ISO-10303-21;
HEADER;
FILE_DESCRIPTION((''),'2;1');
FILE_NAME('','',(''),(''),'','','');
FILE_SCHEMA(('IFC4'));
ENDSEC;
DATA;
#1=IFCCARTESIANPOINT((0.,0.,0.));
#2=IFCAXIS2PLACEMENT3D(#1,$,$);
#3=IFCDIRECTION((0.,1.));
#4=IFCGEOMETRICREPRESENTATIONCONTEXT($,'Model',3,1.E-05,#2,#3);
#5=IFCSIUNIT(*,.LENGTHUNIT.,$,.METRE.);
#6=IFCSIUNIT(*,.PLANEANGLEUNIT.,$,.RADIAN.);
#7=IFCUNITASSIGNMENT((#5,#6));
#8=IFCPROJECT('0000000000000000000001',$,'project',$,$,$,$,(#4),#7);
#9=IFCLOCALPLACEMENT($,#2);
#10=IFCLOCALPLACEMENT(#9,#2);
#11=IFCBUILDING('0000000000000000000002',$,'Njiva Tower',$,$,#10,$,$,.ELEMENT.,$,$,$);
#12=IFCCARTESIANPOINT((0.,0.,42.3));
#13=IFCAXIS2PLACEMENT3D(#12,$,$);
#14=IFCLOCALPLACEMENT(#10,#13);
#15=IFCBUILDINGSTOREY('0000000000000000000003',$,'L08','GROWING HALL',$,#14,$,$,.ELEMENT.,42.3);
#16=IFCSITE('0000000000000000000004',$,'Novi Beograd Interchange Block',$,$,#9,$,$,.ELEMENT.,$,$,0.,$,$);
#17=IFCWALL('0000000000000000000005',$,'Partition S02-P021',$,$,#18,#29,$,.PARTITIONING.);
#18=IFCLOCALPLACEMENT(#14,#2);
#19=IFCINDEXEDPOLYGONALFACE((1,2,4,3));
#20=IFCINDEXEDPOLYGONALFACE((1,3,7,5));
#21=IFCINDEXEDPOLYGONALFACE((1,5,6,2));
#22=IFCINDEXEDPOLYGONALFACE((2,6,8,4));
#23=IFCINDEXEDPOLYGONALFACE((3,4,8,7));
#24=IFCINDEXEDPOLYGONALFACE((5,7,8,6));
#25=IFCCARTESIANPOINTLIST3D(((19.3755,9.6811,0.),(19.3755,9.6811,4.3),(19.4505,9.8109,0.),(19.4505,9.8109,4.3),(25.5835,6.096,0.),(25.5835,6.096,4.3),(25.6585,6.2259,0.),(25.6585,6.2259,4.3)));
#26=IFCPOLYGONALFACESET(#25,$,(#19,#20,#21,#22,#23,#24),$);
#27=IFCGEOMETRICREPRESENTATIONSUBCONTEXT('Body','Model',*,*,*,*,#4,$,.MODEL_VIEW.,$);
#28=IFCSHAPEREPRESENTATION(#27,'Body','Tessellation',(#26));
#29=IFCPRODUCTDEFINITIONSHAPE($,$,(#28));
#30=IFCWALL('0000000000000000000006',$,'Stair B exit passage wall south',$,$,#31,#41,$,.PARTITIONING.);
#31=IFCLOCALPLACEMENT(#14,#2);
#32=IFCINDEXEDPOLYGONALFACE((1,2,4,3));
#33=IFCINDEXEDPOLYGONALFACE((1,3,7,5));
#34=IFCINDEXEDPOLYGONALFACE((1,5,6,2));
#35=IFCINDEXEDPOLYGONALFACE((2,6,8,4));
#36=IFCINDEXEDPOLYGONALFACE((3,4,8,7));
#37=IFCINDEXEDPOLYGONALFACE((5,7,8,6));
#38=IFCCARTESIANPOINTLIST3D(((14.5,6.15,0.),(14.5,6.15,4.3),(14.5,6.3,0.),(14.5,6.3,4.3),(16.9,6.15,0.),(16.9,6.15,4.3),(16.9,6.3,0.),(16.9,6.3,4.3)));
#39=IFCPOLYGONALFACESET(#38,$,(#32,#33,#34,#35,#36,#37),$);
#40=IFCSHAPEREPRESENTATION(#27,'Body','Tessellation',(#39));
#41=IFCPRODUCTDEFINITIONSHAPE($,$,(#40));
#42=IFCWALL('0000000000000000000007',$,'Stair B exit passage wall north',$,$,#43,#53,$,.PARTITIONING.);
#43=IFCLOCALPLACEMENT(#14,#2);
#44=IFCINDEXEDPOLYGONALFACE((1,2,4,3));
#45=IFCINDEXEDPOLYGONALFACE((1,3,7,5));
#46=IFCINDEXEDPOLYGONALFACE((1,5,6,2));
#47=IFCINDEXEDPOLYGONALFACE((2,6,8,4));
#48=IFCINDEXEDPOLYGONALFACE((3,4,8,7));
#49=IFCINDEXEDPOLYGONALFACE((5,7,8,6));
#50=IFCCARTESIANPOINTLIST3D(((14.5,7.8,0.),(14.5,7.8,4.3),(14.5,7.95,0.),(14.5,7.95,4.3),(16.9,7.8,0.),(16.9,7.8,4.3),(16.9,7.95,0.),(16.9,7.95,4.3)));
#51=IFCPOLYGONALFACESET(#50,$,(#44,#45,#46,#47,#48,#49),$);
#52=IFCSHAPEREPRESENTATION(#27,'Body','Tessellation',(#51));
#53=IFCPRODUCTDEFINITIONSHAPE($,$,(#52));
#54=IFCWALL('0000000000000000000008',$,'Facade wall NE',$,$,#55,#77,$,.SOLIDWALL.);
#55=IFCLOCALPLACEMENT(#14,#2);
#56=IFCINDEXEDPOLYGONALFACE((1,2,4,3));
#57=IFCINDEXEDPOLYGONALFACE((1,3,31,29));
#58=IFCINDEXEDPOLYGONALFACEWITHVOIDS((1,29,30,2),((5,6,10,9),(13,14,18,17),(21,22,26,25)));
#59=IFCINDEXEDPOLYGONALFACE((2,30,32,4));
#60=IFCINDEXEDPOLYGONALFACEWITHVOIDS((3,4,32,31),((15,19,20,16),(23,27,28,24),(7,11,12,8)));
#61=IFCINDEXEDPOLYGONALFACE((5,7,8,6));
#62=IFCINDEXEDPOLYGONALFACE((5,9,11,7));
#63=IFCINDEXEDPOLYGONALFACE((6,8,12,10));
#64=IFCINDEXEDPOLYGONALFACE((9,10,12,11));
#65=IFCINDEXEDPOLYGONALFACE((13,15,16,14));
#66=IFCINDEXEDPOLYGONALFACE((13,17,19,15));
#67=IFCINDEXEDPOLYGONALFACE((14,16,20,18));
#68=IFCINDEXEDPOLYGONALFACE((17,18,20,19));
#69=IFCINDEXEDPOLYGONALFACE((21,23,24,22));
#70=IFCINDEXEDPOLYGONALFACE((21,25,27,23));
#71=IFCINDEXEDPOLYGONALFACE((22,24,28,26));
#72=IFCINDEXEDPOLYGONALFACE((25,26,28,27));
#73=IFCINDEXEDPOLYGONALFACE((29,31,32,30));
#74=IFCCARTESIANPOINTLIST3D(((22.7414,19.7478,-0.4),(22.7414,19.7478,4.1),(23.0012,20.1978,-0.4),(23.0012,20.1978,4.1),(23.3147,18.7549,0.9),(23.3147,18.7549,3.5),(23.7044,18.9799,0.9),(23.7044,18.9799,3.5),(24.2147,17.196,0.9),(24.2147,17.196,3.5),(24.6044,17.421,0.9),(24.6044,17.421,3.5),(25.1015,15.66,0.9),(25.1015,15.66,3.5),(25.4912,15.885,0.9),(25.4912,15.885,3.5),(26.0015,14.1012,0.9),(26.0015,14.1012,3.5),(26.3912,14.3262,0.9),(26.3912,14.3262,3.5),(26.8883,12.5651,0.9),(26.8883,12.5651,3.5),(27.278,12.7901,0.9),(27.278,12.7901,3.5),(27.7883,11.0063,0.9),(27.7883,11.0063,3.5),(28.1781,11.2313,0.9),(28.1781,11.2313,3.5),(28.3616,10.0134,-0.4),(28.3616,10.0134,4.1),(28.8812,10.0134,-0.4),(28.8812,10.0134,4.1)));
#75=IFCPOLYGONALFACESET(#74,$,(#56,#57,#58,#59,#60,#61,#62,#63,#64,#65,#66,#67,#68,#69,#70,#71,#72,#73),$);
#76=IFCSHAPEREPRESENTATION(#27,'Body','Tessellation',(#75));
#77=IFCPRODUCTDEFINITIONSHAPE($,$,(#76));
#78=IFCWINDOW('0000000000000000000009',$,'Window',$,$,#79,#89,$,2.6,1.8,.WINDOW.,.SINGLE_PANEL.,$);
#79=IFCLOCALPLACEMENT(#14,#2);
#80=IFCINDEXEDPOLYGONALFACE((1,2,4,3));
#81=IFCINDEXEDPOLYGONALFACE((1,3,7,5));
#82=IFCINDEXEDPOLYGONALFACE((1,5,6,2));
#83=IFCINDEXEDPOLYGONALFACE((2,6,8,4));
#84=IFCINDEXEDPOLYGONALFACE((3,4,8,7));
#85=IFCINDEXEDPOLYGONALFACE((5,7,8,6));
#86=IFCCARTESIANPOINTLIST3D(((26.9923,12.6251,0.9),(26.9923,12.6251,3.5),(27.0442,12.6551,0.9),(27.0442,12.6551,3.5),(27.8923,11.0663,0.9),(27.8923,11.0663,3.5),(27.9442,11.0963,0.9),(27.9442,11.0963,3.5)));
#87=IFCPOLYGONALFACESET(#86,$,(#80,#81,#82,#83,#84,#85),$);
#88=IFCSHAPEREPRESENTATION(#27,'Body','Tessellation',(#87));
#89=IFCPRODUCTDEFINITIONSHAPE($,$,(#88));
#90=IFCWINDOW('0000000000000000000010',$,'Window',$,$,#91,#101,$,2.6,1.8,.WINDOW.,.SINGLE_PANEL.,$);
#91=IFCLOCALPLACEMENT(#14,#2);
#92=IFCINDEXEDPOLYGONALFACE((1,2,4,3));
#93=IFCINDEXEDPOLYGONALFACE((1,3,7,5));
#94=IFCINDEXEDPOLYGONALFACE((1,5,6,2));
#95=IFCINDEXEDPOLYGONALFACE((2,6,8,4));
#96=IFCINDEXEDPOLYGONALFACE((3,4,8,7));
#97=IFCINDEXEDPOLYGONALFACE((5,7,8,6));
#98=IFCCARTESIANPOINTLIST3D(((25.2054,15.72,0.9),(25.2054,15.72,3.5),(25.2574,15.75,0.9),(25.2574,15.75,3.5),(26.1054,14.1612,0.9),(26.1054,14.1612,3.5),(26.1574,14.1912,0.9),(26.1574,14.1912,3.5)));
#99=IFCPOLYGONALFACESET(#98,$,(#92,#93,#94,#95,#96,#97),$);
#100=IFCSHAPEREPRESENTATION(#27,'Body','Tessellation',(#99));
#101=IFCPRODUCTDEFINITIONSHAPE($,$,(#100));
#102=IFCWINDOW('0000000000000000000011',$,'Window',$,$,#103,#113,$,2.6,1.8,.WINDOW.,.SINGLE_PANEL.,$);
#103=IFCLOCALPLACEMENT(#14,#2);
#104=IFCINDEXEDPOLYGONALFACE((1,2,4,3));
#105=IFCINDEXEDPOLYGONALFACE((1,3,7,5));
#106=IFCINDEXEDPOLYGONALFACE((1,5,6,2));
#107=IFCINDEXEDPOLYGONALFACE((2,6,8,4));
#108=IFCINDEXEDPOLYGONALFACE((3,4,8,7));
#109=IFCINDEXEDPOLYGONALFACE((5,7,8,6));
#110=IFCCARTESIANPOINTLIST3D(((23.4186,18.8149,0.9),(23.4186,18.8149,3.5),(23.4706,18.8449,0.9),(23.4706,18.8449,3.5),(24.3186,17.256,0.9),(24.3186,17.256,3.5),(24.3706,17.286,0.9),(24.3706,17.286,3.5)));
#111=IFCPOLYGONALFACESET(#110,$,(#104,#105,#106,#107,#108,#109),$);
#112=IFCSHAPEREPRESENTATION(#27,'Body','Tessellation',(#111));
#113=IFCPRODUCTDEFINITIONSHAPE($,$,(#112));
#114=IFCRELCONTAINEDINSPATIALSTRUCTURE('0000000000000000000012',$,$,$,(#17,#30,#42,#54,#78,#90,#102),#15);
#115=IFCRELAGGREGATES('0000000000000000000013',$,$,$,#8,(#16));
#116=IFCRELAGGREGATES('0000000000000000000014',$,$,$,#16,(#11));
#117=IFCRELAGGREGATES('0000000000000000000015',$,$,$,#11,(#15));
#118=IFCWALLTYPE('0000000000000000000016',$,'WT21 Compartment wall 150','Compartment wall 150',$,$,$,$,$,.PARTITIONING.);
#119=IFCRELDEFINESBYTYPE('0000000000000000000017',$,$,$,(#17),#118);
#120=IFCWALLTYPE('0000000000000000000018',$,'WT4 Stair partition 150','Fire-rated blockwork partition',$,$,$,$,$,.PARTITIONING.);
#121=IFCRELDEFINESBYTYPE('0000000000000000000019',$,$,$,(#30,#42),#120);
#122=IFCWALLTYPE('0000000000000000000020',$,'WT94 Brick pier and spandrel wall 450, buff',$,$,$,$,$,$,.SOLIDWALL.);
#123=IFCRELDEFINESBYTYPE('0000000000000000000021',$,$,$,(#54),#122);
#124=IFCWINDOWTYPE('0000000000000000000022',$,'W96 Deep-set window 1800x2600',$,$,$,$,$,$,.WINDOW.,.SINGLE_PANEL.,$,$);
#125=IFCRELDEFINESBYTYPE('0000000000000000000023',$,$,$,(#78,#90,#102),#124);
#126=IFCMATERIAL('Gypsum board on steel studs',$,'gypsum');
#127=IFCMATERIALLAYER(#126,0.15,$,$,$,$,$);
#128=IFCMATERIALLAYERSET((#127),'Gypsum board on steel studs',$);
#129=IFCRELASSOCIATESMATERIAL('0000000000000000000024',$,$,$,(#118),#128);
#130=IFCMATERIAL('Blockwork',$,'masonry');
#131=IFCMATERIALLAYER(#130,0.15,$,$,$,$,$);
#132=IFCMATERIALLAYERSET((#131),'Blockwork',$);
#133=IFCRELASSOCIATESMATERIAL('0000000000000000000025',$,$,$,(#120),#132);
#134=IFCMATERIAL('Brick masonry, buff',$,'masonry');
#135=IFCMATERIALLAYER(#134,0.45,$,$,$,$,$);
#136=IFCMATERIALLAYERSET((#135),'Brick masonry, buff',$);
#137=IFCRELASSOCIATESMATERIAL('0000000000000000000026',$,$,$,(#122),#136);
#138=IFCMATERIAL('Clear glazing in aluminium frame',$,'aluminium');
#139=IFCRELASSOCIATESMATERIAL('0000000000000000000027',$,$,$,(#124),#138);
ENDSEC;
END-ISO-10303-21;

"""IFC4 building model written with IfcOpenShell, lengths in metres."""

from ifc_helpers import new_model, si_unit, direction, frame, frame_2d, origin, place, context, subcontext, project, spatial, polyline, rectangle, outline, extrude, material, layer, layer_set, type_object, element, fill, save


model = new_model("IFC4")

# Units and contexts
model_context = context("Model", 3, precision=1e-05, world=origin(), true_north=direction((0.0, 1.0)))
body_context = subcontext(model_context, "Body", "Model", "MODEL_VIEW")
ifc_project = project(units=[si_unit("LENGTHUNIT", "METRE"), si_unit("PLANEANGLEUNIT", "RADIAN")], contexts=[model_context])

# Site, building, storey
site_placement = place(None, origin())
site = spatial("IfcSite", under=ifc_project, at=site_placement, Name="Novi Beograd Interchange Block", CompositionType="ELEMENT", RefElevation=0.0)
building_placement = place(site_placement, origin())
building = spatial("IfcBuilding", under=site, at=building_placement, Name="Njiva Tower", CompositionType="ELEMENT")
storey_placement = place(building_placement, frame((0.0, 0.0, 42.3)))
storey = spatial("IfcBuildingStorey", under=building, at=storey_placement, Name="L08", Description="GROWING HALL", CompositionType="ELEMENT", Elevation=42.3)

# Shared definitions
ifc_material_1 = material(Name="Blockwork", Category="masonry")

# Walls
ifc_material_2 = material(Name="Gypsum board on steel studs", Category="gypsum")
ifc_layer_1 = layer(ifc_material_2, 0.15)
ifc_layer_set_1 = layer_set([ifc_layer_1], Name="Gypsum board on steel studs")
wall_type_1 = type_object("IfcWallType", Name="WT21 Compartment wall 150", Description="Compartment wall 150", PredefinedType="PARTITIONING", material=ifc_layer_set_1)
wall_1_placement = place(storey_placement, frame((19.413, 9.746, 0.0), z_axis=(0.0, 0.0, 1.0), x_axis=(0.865977, -0.500085, 0.0)))
element("IfcWall", 1, at=wall_1_placement, inside=storey, type_object=wall_type_1, Name="Partition S02-P021", PredefinedType="PARTITIONING", context=body_context, shape_type="SweptSolid", body=[
    extrude(rectangle(XDim=7.1688, YDim=0.15, at=frame_2d((3.5844, 0.0))), origin(), (0.0, 0.0, 1.0), 4.3),
])
ifc_layer_2 = layer(ifc_material_1, 0.15)
ifc_layer_set_2 = layer_set([ifc_layer_2], Name="Blockwork")
wall_type_2 = type_object("IfcWallType", Name="WT4 Stair partition 150", Description="Fire-rated blockwork partition", PredefinedType="PARTITIONING", material=ifc_layer_set_2)
for number, where, z_axis, x_axis, name in (
    (2, (14.5, 6.225, 0.0), (0.0, 0.0, 1.0), (1.0, 0.0, 0.0), "Stair B exit passage wall south"),
    (3, (14.5, 7.875, 0.0), (0.0, 0.0, 1.0), (1.0, 0.0, 0.0), "Stair B exit passage wall north"),
):
    element("IfcWall", number, at=place(storey_placement, frame(where, z_axis=z_axis, x_axis=x_axis)), inside=storey, type_object=wall_type_2, Name=name, PredefinedType="PARTITIONING", context=body_context, shape_type="SweptSolid", body=[
        extrude(rectangle(XDim=2.4, YDim=0.15, at=frame_2d((1.2, 0.0))), origin(), (0.0, 0.0, 1.0), 4.3),
    ])

# Wall, openings, windows
ifc_material_3 = material(Name="Brick masonry, buff", Category="masonry")
ifc_layer_3 = layer(ifc_material_3, 0.45)
ifc_layer_set_3 = layer_set([ifc_layer_3], Name="Brick masonry, buff")
wall_type_3 = type_object("IfcWallType", Name="WT94 Brick pier and spandrel wall 450, buff", PredefinedType="SOLIDWALL", material=ifc_layer_set_3)
wall_2_placement = place(storey_placement, frame((28.6214, 10.0134, -0.4), z_axis=(0.0, 0.0, 1.0), x_axis=(-0.500002, 0.866024, 0.0)))
wall_2 = element("IfcWall", 4, at=wall_2_placement, inside=storey, type_object=wall_type_3, Name="Facade wall NE", PredefinedType="SOLIDWALL", context=body_context, shape_type="SweptSolid", body=[
    extrude(outline(polyline([(-0.1299, -0.225), (11.63, -0.225), (11.3702, 0.225), (0.1299, 0.225), (-0.1299, -0.225)])), origin(), (0.0, 0.0, 1.0), 4.5),
])
opening_1_placement = place(wall_2_placement, frame((1.2764, 0.0, 1.3)))
opening_1 = element("IfcOpeningElement", 5, at=opening_1_placement, cuts=wall_2, PredefinedType="OPENING", context=body_context, shape_type="SweptSolid", body=[
    extrude(rectangle(XDim=1.8, YDim=2.6, at=frame_2d((0.9, 1.3))), frame((0.0, 0.235, 0.0), z_axis=(0.0, -1.0, 0.0), x_axis=(1.0, 0.0, 0.0)), (0.0, 0.0, 1.0), 0.47),
])
opening_2_placement = place(wall_2_placement, frame((4.8501, 0.0, 1.3)))
opening_2 = element("IfcOpeningElement", 6, at=opening_2_placement, cuts=wall_2, PredefinedType="OPENING", context=body_context, shape_type="SweptSolid", body=[
    extrude(rectangle(XDim=1.8, YDim=2.6, at=frame_2d((0.9, 1.3))), frame((0.0, 0.235, 0.0), z_axis=(0.0, -1.0, 0.0), x_axis=(1.0, 0.0, 0.0)), (0.0, 0.0, 1.0), 0.47),
])
opening_3_placement = place(wall_2_placement, frame((8.4237, 0.0, 1.3)))
opening_3 = element("IfcOpeningElement", 7, at=opening_3_placement, cuts=wall_2, PredefinedType="OPENING", context=body_context, shape_type="SweptSolid", body=[
    extrude(rectangle(XDim=1.8, YDim=2.6, at=frame_2d((0.9, 1.3))), frame((0.0, 0.235, 0.0), z_axis=(0.0, -1.0, 0.0), x_axis=(1.0, 0.0, 0.0)), (0.0, 0.0, 1.0), 0.47),
])
ifc_material_4 = material(Name="Clear glazing in aluminium frame", Category="aluminium")
window_type = type_object("IfcWindowType", Name="W96 Deep-set window 1800x2600", PartitioningType="SINGLE_PANEL", PredefinedType="WINDOW", material=ifc_material_4)
window_1_placement = place(opening_1_placement, origin())
window_1 = element("IfcWindow", 8, at=window_1_placement, inside=storey, type_object=window_type, Name="Window", OverallHeight=2.6, OverallWidth=1.8, PartitioningType="SINGLE_PANEL", PredefinedType="WINDOW", context=body_context, shape_type="SweptSolid", body=[
    extrude(rectangle(XDim=1.8, YDim=2.6, at=frame_2d((0.9, 1.3))), frame((0.0, 0.105, 0.0), z_axis=(0.0, -1.0, 0.0), x_axis=(1.0, 0.0, 0.0)), (0.0, 0.0, 1.0), 0.06),
])
fill(opening_1, window_1)
window_2_placement = place(opening_2_placement, origin())
window_2 = element("IfcWindow", 9, at=window_2_placement, inside=storey, type_object=window_type, Name="Window", OverallHeight=2.6, OverallWidth=1.8, PartitioningType="SINGLE_PANEL", PredefinedType="WINDOW", context=body_context, shape_type="SweptSolid", body=[
    extrude(rectangle(XDim=1.8, YDim=2.6, at=frame_2d((0.9, 1.3))), frame((0.0, 0.105, 0.0), z_axis=(0.0, -1.0, 0.0), x_axis=(1.0, 0.0, 0.0)), (0.0, 0.0, 1.0), 0.06),
])
fill(opening_2, window_2)
window_3_placement = place(opening_3_placement, origin())
window_3 = element("IfcWindow", 10, at=window_3_placement, inside=storey, type_object=window_type, Name="Window", OverallHeight=2.6, OverallWidth=1.8, PartitioningType="SINGLE_PANEL", PredefinedType="WINDOW", context=body_context, shape_type="SweptSolid", body=[
    extrude(rectangle(XDim=1.8, YDim=2.6, at=frame_2d((0.9, 1.3))), frame((0.0, 0.105, 0.0), z_axis=(0.0, -1.0, 0.0), x_axis=(1.0, 0.0, 0.0)), (0.0, 0.0, 1.0), 0.06),
])
fill(opening_3, window_3)

save(model, "model.ifc")
